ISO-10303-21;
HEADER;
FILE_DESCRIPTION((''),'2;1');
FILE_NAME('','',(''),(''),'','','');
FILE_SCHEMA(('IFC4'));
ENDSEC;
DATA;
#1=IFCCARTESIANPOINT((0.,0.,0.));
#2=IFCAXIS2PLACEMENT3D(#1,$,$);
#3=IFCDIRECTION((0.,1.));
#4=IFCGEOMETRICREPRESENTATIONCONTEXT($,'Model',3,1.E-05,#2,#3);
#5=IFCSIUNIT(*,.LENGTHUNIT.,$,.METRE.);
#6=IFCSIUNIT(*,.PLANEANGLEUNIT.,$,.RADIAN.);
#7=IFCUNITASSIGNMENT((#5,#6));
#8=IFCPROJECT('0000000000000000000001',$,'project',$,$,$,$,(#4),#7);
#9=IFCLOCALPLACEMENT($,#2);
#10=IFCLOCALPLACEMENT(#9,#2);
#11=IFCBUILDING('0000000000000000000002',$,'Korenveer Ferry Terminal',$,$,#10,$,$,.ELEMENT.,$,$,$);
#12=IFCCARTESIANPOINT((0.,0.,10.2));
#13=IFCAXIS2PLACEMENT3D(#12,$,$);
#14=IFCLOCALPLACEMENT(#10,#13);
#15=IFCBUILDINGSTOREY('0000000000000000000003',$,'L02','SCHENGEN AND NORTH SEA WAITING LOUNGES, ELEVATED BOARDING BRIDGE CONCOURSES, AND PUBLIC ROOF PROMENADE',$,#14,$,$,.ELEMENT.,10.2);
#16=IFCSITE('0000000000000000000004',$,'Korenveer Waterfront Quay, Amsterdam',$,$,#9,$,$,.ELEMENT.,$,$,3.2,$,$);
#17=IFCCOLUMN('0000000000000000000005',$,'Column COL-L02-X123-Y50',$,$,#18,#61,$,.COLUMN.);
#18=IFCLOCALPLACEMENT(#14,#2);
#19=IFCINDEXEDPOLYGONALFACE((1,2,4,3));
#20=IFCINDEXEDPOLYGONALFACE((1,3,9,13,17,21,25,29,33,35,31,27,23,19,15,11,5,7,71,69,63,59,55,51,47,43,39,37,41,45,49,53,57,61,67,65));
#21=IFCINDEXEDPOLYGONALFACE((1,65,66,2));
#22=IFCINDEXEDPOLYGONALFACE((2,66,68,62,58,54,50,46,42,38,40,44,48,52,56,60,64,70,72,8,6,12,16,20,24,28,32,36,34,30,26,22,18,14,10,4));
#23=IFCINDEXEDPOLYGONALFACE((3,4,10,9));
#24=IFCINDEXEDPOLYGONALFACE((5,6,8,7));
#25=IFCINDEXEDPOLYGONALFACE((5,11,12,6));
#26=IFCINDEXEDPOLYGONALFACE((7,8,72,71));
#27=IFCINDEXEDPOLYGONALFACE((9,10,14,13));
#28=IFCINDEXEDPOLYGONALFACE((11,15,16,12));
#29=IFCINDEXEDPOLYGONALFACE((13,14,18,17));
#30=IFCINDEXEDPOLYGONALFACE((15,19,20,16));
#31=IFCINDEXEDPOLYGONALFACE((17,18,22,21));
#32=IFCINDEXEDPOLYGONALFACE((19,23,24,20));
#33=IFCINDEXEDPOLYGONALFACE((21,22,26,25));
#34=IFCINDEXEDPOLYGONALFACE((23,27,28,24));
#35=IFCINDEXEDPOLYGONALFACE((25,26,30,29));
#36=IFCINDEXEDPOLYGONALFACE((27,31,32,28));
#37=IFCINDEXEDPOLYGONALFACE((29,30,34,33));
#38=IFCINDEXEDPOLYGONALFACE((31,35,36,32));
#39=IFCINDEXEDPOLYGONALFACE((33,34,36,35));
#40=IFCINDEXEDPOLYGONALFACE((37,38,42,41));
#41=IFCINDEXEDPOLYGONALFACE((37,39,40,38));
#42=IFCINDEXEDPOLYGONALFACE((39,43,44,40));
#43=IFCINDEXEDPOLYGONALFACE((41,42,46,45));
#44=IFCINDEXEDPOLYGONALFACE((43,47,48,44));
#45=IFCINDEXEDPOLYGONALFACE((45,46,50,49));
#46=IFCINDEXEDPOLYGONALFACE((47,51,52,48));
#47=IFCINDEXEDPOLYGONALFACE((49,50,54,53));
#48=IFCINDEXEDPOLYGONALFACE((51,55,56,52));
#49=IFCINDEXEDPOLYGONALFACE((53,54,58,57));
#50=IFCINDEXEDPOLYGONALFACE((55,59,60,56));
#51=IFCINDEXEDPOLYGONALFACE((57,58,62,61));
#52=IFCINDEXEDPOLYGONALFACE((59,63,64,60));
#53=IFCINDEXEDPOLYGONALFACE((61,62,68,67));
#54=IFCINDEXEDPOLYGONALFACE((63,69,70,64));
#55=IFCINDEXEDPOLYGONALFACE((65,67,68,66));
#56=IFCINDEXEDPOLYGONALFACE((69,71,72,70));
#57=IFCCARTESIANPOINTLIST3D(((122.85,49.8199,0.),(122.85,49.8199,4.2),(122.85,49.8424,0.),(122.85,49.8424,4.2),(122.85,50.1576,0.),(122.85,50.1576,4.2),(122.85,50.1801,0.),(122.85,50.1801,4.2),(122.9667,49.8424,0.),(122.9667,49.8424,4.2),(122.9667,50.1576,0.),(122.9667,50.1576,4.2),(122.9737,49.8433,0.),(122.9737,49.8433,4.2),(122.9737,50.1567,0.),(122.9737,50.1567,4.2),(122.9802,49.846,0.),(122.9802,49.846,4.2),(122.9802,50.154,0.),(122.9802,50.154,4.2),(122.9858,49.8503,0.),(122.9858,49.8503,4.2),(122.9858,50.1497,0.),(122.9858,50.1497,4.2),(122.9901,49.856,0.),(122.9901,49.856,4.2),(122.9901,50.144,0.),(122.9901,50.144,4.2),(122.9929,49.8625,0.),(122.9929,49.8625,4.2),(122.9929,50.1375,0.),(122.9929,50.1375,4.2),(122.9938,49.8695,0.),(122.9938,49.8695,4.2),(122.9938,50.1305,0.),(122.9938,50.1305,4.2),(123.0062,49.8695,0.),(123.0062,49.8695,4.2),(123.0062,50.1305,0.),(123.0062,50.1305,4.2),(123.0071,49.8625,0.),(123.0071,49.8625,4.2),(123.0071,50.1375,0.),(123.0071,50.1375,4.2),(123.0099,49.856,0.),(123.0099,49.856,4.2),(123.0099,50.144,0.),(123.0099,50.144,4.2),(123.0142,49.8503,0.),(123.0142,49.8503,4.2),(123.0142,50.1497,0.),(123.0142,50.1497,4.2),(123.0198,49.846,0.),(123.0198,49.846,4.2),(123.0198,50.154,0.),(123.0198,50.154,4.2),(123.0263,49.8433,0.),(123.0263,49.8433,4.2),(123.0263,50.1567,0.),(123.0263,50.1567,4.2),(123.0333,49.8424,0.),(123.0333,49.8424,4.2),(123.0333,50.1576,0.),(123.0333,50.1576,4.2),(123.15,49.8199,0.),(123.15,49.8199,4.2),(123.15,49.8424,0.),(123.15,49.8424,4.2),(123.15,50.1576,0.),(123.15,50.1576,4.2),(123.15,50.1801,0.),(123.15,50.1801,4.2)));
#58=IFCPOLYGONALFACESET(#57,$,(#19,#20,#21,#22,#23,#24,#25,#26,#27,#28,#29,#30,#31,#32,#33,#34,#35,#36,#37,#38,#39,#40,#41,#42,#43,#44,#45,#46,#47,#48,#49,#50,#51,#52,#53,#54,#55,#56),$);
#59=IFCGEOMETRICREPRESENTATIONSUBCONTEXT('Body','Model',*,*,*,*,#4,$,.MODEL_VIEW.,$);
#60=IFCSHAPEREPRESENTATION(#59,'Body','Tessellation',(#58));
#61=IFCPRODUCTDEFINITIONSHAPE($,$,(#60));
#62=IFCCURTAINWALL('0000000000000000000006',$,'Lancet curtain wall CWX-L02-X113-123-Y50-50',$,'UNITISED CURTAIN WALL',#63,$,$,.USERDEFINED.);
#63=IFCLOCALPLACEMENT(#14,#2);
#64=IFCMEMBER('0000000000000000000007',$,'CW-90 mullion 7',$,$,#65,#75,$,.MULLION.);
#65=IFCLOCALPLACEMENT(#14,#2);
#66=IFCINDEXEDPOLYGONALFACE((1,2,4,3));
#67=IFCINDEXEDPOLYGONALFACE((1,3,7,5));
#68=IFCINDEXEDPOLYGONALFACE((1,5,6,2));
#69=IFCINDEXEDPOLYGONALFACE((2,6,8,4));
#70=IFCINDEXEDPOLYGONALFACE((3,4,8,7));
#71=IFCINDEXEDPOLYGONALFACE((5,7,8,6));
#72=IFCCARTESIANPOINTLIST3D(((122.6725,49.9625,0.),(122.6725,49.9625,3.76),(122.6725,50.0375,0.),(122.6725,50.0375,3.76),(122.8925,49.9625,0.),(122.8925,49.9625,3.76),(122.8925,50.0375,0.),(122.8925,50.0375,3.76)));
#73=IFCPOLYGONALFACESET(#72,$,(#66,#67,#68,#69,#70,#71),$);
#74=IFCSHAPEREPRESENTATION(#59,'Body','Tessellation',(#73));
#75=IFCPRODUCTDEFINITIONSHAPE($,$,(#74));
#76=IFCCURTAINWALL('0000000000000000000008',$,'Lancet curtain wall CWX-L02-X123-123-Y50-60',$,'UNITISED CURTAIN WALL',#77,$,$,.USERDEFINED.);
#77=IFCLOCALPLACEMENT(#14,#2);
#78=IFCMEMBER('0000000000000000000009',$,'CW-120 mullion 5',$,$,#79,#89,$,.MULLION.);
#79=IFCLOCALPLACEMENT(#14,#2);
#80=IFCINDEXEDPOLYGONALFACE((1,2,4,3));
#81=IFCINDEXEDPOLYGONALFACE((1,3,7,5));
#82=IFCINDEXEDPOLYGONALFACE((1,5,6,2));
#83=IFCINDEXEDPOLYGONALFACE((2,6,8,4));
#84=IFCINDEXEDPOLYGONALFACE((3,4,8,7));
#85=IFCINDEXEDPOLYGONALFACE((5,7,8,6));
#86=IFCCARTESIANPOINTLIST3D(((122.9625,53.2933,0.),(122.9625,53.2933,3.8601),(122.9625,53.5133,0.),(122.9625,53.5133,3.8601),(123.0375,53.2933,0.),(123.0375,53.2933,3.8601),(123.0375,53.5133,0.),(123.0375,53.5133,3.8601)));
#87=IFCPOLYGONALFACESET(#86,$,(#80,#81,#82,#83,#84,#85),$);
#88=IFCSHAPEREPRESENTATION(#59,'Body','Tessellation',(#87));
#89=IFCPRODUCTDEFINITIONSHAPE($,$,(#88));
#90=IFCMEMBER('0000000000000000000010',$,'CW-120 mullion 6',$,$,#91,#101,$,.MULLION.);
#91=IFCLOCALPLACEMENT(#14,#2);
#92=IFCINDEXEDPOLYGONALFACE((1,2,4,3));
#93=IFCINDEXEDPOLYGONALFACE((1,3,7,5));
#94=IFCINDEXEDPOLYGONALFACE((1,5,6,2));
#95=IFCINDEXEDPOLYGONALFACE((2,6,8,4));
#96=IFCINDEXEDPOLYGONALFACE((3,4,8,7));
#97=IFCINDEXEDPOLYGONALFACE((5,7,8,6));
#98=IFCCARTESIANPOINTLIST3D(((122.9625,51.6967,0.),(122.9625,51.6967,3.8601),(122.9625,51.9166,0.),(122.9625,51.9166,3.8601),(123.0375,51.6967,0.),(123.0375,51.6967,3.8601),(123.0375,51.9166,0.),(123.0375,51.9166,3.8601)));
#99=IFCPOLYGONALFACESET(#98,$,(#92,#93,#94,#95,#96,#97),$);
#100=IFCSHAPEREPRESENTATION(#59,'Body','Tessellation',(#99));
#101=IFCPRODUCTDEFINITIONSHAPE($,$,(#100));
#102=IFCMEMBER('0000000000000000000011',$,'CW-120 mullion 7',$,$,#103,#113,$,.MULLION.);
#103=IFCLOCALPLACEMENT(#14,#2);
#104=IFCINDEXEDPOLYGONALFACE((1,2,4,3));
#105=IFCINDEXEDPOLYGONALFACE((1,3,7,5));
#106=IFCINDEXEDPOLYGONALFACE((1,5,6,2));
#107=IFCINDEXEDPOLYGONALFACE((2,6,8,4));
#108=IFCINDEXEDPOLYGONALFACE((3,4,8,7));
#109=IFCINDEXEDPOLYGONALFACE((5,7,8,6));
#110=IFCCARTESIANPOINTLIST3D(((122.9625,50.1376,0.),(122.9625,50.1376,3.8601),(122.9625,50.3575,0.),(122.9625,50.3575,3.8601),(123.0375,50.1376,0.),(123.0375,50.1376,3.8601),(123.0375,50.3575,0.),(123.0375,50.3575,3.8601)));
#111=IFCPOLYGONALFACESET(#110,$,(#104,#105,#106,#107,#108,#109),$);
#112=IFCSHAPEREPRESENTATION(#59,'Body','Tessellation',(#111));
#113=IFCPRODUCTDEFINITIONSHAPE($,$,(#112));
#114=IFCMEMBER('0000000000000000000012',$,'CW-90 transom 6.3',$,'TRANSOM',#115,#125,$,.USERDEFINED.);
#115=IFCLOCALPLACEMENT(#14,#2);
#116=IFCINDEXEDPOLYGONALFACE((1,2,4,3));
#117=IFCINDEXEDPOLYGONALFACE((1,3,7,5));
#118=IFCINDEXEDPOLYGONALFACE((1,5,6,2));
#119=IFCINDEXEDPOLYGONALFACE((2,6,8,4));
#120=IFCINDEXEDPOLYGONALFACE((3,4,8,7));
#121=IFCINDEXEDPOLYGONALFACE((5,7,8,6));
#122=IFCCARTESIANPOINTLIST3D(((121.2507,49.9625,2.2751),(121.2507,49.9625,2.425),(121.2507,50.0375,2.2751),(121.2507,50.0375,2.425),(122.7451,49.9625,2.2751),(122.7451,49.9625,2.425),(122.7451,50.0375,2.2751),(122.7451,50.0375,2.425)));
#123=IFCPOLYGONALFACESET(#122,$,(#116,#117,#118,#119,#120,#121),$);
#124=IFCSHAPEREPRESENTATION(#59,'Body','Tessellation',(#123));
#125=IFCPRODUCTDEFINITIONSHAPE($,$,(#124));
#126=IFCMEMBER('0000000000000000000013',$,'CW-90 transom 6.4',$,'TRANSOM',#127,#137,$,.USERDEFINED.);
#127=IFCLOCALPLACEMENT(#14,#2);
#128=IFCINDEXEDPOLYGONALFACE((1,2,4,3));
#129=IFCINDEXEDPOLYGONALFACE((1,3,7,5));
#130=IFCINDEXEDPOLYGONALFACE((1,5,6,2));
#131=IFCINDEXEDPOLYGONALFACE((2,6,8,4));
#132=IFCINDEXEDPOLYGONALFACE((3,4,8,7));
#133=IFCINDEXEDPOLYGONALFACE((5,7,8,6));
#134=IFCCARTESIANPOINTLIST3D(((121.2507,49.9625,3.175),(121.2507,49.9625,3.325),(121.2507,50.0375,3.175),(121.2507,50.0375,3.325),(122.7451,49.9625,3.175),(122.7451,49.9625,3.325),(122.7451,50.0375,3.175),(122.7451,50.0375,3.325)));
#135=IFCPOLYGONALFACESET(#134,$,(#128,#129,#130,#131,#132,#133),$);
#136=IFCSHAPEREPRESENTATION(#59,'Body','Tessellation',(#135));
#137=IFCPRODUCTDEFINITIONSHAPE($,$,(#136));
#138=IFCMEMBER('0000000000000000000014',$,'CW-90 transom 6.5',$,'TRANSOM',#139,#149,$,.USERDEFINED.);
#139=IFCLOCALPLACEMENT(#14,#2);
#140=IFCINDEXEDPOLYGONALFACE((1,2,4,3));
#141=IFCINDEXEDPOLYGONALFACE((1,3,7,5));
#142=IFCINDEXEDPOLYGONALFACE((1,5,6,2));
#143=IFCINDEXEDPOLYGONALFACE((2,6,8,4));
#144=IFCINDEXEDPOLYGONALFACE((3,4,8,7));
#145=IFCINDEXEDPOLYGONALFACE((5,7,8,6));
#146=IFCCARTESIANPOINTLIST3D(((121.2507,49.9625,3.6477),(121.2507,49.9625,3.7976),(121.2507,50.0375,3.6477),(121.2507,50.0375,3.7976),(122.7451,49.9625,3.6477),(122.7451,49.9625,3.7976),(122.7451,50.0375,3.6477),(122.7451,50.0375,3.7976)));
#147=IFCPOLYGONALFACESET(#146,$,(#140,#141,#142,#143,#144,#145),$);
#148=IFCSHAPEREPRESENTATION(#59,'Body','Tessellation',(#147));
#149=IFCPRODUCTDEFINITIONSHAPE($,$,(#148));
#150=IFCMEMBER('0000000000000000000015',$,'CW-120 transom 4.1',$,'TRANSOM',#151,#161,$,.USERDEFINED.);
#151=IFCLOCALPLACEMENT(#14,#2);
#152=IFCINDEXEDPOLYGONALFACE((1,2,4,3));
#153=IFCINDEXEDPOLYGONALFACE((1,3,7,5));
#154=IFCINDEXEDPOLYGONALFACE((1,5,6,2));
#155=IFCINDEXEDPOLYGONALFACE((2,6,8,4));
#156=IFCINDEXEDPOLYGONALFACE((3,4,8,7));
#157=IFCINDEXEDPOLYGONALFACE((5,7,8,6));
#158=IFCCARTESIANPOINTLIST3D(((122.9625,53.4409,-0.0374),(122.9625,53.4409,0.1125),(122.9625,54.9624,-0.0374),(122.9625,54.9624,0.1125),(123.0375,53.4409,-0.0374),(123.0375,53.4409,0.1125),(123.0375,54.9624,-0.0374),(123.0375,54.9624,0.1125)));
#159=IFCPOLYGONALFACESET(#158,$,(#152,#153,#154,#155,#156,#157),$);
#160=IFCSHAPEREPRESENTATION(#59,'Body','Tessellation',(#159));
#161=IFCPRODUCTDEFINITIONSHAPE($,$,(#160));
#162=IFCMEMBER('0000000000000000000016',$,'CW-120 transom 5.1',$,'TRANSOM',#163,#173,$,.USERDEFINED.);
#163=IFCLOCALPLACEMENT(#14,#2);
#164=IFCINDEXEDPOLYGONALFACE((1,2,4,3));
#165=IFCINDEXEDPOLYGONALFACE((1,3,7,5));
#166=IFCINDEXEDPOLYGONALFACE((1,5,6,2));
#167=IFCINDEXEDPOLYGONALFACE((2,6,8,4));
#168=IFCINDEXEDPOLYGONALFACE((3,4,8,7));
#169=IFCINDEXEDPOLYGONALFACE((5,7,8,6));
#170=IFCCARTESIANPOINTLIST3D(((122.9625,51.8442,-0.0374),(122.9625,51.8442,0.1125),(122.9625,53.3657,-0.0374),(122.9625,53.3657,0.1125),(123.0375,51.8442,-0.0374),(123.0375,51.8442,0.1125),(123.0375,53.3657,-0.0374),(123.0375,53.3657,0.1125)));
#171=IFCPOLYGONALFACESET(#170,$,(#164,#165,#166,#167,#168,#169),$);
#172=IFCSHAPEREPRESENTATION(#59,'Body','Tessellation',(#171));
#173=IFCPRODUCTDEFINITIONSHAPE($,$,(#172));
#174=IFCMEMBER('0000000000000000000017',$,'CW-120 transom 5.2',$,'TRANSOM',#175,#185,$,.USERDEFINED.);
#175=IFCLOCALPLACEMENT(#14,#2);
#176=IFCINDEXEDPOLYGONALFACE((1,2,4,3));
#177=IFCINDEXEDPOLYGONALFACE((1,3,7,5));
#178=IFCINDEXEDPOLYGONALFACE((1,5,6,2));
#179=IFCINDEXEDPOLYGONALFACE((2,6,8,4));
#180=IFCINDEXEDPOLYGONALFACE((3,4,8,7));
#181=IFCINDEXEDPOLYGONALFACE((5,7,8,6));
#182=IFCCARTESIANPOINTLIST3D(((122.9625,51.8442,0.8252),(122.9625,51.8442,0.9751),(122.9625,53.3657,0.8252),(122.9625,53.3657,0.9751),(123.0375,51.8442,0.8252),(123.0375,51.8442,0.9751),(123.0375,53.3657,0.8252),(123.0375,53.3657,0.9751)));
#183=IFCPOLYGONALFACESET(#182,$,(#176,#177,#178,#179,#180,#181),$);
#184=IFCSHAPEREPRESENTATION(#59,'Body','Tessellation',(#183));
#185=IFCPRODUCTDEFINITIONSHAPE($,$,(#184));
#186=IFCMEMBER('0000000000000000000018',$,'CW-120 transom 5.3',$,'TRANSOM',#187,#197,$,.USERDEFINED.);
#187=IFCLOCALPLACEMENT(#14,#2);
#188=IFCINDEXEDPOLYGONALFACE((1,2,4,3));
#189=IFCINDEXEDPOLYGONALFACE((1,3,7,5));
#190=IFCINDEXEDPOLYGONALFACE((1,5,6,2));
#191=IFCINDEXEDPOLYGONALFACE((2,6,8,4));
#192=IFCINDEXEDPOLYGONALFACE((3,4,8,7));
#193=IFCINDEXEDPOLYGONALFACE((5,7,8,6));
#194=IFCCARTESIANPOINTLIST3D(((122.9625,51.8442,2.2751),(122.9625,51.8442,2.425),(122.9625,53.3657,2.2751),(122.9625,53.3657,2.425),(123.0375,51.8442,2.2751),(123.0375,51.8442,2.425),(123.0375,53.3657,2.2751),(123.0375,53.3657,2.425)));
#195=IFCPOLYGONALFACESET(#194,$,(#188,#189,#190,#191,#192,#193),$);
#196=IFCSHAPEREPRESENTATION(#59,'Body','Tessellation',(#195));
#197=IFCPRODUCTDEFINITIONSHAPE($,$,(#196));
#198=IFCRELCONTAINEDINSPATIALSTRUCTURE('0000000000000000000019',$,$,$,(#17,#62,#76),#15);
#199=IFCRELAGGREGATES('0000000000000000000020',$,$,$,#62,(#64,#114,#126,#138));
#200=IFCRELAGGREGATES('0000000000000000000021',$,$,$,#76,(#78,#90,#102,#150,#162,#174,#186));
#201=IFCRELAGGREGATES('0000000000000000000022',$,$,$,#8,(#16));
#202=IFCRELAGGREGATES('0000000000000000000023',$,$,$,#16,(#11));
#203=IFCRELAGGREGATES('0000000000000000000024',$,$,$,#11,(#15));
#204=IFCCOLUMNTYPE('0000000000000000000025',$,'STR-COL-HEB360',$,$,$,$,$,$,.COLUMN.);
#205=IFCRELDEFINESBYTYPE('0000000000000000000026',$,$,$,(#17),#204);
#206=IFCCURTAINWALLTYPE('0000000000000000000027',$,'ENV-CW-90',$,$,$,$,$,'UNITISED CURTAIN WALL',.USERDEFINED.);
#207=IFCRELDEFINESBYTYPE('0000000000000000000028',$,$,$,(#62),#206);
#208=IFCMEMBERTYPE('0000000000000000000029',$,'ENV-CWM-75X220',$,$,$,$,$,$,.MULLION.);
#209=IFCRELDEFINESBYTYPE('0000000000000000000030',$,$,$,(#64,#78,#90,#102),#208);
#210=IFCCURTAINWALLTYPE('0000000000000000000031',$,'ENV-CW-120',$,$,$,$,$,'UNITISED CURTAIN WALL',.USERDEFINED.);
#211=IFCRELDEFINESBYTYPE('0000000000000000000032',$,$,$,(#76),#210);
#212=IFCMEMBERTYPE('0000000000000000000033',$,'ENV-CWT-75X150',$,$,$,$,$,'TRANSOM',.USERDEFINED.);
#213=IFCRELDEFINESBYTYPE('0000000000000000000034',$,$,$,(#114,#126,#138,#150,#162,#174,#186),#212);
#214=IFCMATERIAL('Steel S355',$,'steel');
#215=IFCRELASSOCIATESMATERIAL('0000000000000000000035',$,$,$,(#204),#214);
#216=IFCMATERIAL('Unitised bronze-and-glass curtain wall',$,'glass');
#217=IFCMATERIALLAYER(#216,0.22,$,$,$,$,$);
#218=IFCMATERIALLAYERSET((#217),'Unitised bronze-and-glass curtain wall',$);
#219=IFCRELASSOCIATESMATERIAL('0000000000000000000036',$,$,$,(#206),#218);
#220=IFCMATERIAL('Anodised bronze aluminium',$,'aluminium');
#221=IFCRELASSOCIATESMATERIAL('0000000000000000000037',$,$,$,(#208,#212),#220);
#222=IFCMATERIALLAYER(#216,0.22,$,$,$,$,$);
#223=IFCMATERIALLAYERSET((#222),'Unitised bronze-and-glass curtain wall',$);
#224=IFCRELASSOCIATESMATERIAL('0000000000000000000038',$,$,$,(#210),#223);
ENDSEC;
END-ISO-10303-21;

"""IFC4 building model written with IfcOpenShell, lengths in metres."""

from ifc_helpers import new_model, si_unit, direction, frame, origin, origin_2d, place, context, subcontext, project, spatial, rectangle, i_section, extrude, material, layer, layer_set, material_profile, profile_set, type_object, element, aggregate, save


model = new_model("IFC4")

# Units and contexts
model_context = context("Model", 3, precision=1e-05, world=origin(), true_north=direction((0.0, 1.0)))
body_context = subcontext(model_context, "Body", "Model", "MODEL_VIEW")
ifc_project = project(units=[si_unit("LENGTHUNIT", "METRE"), si_unit("PLANEANGLEUNIT", "RADIAN")], contexts=[model_context])

# Site, building, storey
site_placement = place(None, origin())
site = spatial("IfcSite", under=ifc_project, at=site_placement, Name="Korenveer Waterfront Quay, Amsterdam", CompositionType="ELEMENT", RefElevation=3.2)
building_placement = place(site_placement, origin())
building = spatial("IfcBuilding", under=site, at=building_placement, Name="Korenveer Ferry Terminal", CompositionType="ELEMENT")
storey_placement = place(building_placement, frame((0.0, 0.0, 10.2)))
storey = spatial("IfcBuildingStorey", under=building, at=storey_placement, Name="L02", Description="SCHENGEN AND NORTH SEA WAITING LOUNGES, ELEVATED BOARDING BRIDGE CONCOURSES, AND PUBLIC ROOF PROMENADE", CompositionType="ELEMENT", Elevation=10.2)

# Column
ifc_material_1 = material(Name="Steel S355", Category="steel")
ifc_material_profile_1 = material_profile(ifc_material_1, i_section(OverallWidth=0.3, OverallDepth=0.3601, WebThickness=0.0125, FlangeThickness=0.0225, FilletRadius=0.0271, at=origin_2d()), Name="HEB 360")
ifc_profile_set_1 = profile_set([ifc_material_profile_1], Name="Steel S355")
column_type = type_object("IfcColumnType", Name="STR-COL-HEB360", PredefinedType="COLUMN", material=ifc_profile_set_1)
column_placement = place(storey_placement, frame((123.0, 50.0, 0.0), z_axis=(0.0, 0.0, 1.0), x_axis=(1.0, 0.0, 0.0)))
element("IfcColumn", 1, at=column_placement, inside=storey, type_object=column_type, Name="Column COL-L02-X123-Y50", PredefinedType="COLUMN", context=body_context, shape_type="SweptSolid", body=[
    extrude(i_section(OverallWidth=0.3, OverallDepth=0.3601, WebThickness=0.0125, FlangeThickness=0.0225, FilletRadius=0.0271, at=origin_2d()), origin(), (0.0, 0.0, 1.0), 4.2),
])

# Curtain wall, member
ifc_material_2 = material(Name="Unitised bronze-and-glass curtain wall", Category="glass")
ifc_layer_1 = layer(ifc_material_2, 0.22)
ifc_layer_set_1 = layer_set([ifc_layer_1], Name="Unitised bronze-and-glass curtain wall")
curtain_wall_type_1 = type_object("IfcCurtainWallType", Name="ENV-CW-90", ElementType="UNITISED CURTAIN WALL", PredefinedType="USERDEFINED", material=ifc_layer_set_1)
curtain_wall_1_placement = place(storey_placement, frame((113.1799, 50.0, 0.0)))
curtain_wall_1 = element("IfcCurtainWall", 2, at=curtain_wall_1_placement, inside=storey, type_object=curtain_wall_type_1, Name="Lancet curtain wall CWX-L02-X113-123-Y50-50", ObjectType="UNITISED CURTAIN WALL", PredefinedType="USERDEFINED")
ifc_material_3 = material(Name="Anodised bronze aluminium", Category="aluminium")
ifc_material_profile_2 = material_profile(ifc_material_3, rectangle(XDim=0.075, YDim=0.22, at=origin_2d()), Name="ALU 75x220")
ifc_profile_set_2 = profile_set([ifc_material_profile_2], Name="Anodised bronze aluminium")
member_type_1 = type_object("IfcMemberType", Name="ENV-CWM-75X220", PredefinedType="MULLION", material=ifc_profile_set_2)
member_1_placement = place(storey_placement, frame((122.7825, 50.0, 0.0), z_axis=(0.0, 0.0, 1.0), x_axis=(0.0, 1.0, 0.0)))
member_1 = element("IfcMember", 3, at=member_1_placement, type_object=member_type_1, Name="CW-90 mullion 7", PredefinedType="MULLION", context=body_context, shape_type="SweptSolid", body=[
    extrude(rectangle(XDim=0.075, YDim=0.22, at=origin_2d()), origin(), (0.0, 0.0, 1.0), 3.76),
])

# Curtain wall, members
ifc_layer_2 = layer(ifc_material_2, 0.22)
ifc_layer_set_2 = layer_set([ifc_layer_2], Name="Unitised bronze-and-glass curtain wall")
curtain_wall_type_2 = type_object("IfcCurtainWallType", Name="ENV-CW-120", ElementType="UNITISED CURTAIN WALL", PredefinedType="USERDEFINED", material=ifc_layer_set_2)
curtain_wall_2_placement = place(storey_placement, frame((123.0, 59.79, 0.0)))
curtain_wall_2 = element("IfcCurtainWall", 4, at=curtain_wall_2_placement, inside=storey, type_object=curtain_wall_type_2, Name="Lancet curtain wall CWX-L02-X123-123-Y50-60", ObjectType="UNITISED CURTAIN WALL", PredefinedType="USERDEFINED")
member_2_placement = place(storey_placement, frame((123.0, 53.4033, 0.0), z_axis=(0.0, 0.0, 1.0), x_axis=(1.0, 0.0, 0.0)))
member_2 = element("IfcMember", 5, at=member_2_placement, type_object=member_type_1, Name="CW-120 mullion 5", PredefinedType="MULLION", context=body_context, shape_type="SweptSolid", body=[
    extrude(rectangle(XDim=0.075, YDim=0.22, at=origin_2d()), origin(), (0.0, 0.0, 1.0), 3.8601),
])
member_3_placement = place(storey_placement, frame((123.0, 51.8066, 0.0), z_axis=(0.0, 0.0, 1.0), x_axis=(1.0, 0.0, 0.0)))
member_3 = element("IfcMember", 6, at=member_3_placement, type_object=member_type_1, Name="CW-120 mullion 6", PredefinedType="MULLION", context=body_context, shape_type="SweptSolid", body=[
    extrude(rectangle(XDim=0.075, YDim=0.22, at=origin_2d()), origin(), (0.0, 0.0, 1.0), 3.8601),
])
member_4_placement = place(storey_placement, frame((123.0, 50.2476, 0.0), z_axis=(0.0, 0.0, 1.0), x_axis=(1.0, 0.0, 0.0)))
member_4 = element("IfcMember", 7, at=member_4_placement, type_object=member_type_1, Name="CW-120 mullion 7", PredefinedType="MULLION", context=body_context, shape_type="SweptSolid", body=[
    extrude(rectangle(XDim=0.075, YDim=0.22, at=origin_2d()), origin(), (0.0, 0.0, 1.0), 3.8601),
])

# Members
ifc_material_profile_3 = material_profile(ifc_material_3, rectangle(XDim=0.075, YDim=0.1499, at=origin_2d()), Name="ALU 75x150")
ifc_profile_set_3 = profile_set([ifc_material_profile_3], Name="Anodised bronze aluminium")
member_type_2 = type_object("IfcMemberType", Name="ENV-CWT-75X150", ElementType="TRANSOM", PredefinedType="USERDEFINED", material=ifc_profile_set_3)
member_5_placement = place(storey_placement, frame((121.2507, 50.0, 2.3501), z_axis=(1.0, 0.0, 0.0), x_axis=(0.0, 1.0, 0.0)))
member_5 = element("IfcMember", 8, at=member_5_placement, type_object=member_type_2, Name="CW-90 transom 6.3", ObjectType="TRANSOM", PredefinedType="USERDEFINED", context=body_context, shape_type="SweptSolid", body=[
    extrude(rectangle(XDim=0.075, YDim=0.1499, at=origin_2d()), origin(), (0.0, 0.0, 1.0), 1.4944),
])
member_6_placement = place(storey_placement, frame((121.2507, 50.0, 3.25), z_axis=(1.0, 0.0, 0.0), x_axis=(0.0, 1.0, 0.0)))
member_6 = element("IfcMember", 9, at=member_6_placement, type_object=member_type_2, Name="CW-90 transom 6.4", ObjectType="TRANSOM", PredefinedType="USERDEFINED", context=body_context, shape_type="SweptSolid", body=[
    extrude(rectangle(XDim=0.075, YDim=0.1499, at=origin_2d()), origin(), (0.0, 0.0, 1.0), 1.4944),
])
member_7_placement = place(storey_placement, frame((121.2507, 50.0, 3.7227), z_axis=(1.0, 0.0, 0.0), x_axis=(0.0, 1.0, 0.0)))
member_7 = element("IfcMember", 10, at=member_7_placement, type_object=member_type_2, Name="CW-90 transom 6.5", ObjectType="TRANSOM", PredefinedType="USERDEFINED", context=body_context, shape_type="SweptSolid", body=[
    extrude(rectangle(XDim=0.075, YDim=0.1499, at=origin_2d()), origin(), (0.0, 0.0, 1.0), 1.4944),
])
member_8_placement = place(storey_placement, frame((123.0, 54.9624, 0.0376), z_axis=(0.0, -1.0, 0.0), x_axis=(1.0, 0.0, 0.0)))
member_8 = element("IfcMember", 11, at=member_8_placement, type_object=member_type_2, Name="CW-120 transom 4.1", ObjectType="TRANSOM", PredefinedType="USERDEFINED", context=body_context, shape_type="SweptSolid", body=[
    extrude(rectangle(XDim=0.075, YDim=0.1499, at=origin_2d()), origin(), (0.0, 0.0, 1.0), 1.5215),
])
member_9_placement = place(storey_placement, frame((123.0, 53.3657, 0.0376), z_axis=(0.0, -1.0, 0.0), x_axis=(1.0, 0.0, 0.0)))
member_9 = element("IfcMember", 12, at=member_9_placement, type_object=member_type_2, Name="CW-120 transom 5.1", ObjectType="TRANSOM", PredefinedType="USERDEFINED", context=body_context, shape_type="SweptSolid", body=[
    extrude(rectangle(XDim=0.075, YDim=0.1499, at=origin_2d()), origin(), (0.0, 0.0, 1.0), 1.5215),
])
member_10_placement = place(storey_placement, frame((123.0, 53.3657, 0.9001), z_axis=(0.0, -1.0, 0.0), x_axis=(1.0, 0.0, 0.0)))
member_10 = element("IfcMember", 13, at=member_10_placement, type_object=member_type_2, Name="CW-120 transom 5.2", ObjectType="TRANSOM", PredefinedType="USERDEFINED", context=body_context, shape_type="SweptSolid", body=[
    extrude(rectangle(XDim=0.075, YDim=0.1499, at=origin_2d()), origin(), (0.0, 0.0, 1.0), 1.5215),
])
member_11_placement = place(storey_placement, frame((123.0, 53.3657, 2.3501), z_axis=(0.0, -1.0, 0.0), x_axis=(1.0, 0.0, 0.0)))
member_11 = element("IfcMember", 14, at=member_11_placement, type_object=member_type_2, Name="CW-120 transom 5.3", ObjectType="TRANSOM", PredefinedType="USERDEFINED", context=body_context, shape_type="SweptSolid", body=[
    extrude(rectangle(XDim=0.075, YDim=0.1499, at=origin_2d()), origin(), (0.0, 0.0, 1.0), 1.5215),
])

aggregate(curtain_wall_1, [member_1, member_5, member_6, member_7])
aggregate(curtain_wall_2, [member_2, member_3, member_4, member_8, member_9, member_10, member_11])

save(model, "model.ifc")
